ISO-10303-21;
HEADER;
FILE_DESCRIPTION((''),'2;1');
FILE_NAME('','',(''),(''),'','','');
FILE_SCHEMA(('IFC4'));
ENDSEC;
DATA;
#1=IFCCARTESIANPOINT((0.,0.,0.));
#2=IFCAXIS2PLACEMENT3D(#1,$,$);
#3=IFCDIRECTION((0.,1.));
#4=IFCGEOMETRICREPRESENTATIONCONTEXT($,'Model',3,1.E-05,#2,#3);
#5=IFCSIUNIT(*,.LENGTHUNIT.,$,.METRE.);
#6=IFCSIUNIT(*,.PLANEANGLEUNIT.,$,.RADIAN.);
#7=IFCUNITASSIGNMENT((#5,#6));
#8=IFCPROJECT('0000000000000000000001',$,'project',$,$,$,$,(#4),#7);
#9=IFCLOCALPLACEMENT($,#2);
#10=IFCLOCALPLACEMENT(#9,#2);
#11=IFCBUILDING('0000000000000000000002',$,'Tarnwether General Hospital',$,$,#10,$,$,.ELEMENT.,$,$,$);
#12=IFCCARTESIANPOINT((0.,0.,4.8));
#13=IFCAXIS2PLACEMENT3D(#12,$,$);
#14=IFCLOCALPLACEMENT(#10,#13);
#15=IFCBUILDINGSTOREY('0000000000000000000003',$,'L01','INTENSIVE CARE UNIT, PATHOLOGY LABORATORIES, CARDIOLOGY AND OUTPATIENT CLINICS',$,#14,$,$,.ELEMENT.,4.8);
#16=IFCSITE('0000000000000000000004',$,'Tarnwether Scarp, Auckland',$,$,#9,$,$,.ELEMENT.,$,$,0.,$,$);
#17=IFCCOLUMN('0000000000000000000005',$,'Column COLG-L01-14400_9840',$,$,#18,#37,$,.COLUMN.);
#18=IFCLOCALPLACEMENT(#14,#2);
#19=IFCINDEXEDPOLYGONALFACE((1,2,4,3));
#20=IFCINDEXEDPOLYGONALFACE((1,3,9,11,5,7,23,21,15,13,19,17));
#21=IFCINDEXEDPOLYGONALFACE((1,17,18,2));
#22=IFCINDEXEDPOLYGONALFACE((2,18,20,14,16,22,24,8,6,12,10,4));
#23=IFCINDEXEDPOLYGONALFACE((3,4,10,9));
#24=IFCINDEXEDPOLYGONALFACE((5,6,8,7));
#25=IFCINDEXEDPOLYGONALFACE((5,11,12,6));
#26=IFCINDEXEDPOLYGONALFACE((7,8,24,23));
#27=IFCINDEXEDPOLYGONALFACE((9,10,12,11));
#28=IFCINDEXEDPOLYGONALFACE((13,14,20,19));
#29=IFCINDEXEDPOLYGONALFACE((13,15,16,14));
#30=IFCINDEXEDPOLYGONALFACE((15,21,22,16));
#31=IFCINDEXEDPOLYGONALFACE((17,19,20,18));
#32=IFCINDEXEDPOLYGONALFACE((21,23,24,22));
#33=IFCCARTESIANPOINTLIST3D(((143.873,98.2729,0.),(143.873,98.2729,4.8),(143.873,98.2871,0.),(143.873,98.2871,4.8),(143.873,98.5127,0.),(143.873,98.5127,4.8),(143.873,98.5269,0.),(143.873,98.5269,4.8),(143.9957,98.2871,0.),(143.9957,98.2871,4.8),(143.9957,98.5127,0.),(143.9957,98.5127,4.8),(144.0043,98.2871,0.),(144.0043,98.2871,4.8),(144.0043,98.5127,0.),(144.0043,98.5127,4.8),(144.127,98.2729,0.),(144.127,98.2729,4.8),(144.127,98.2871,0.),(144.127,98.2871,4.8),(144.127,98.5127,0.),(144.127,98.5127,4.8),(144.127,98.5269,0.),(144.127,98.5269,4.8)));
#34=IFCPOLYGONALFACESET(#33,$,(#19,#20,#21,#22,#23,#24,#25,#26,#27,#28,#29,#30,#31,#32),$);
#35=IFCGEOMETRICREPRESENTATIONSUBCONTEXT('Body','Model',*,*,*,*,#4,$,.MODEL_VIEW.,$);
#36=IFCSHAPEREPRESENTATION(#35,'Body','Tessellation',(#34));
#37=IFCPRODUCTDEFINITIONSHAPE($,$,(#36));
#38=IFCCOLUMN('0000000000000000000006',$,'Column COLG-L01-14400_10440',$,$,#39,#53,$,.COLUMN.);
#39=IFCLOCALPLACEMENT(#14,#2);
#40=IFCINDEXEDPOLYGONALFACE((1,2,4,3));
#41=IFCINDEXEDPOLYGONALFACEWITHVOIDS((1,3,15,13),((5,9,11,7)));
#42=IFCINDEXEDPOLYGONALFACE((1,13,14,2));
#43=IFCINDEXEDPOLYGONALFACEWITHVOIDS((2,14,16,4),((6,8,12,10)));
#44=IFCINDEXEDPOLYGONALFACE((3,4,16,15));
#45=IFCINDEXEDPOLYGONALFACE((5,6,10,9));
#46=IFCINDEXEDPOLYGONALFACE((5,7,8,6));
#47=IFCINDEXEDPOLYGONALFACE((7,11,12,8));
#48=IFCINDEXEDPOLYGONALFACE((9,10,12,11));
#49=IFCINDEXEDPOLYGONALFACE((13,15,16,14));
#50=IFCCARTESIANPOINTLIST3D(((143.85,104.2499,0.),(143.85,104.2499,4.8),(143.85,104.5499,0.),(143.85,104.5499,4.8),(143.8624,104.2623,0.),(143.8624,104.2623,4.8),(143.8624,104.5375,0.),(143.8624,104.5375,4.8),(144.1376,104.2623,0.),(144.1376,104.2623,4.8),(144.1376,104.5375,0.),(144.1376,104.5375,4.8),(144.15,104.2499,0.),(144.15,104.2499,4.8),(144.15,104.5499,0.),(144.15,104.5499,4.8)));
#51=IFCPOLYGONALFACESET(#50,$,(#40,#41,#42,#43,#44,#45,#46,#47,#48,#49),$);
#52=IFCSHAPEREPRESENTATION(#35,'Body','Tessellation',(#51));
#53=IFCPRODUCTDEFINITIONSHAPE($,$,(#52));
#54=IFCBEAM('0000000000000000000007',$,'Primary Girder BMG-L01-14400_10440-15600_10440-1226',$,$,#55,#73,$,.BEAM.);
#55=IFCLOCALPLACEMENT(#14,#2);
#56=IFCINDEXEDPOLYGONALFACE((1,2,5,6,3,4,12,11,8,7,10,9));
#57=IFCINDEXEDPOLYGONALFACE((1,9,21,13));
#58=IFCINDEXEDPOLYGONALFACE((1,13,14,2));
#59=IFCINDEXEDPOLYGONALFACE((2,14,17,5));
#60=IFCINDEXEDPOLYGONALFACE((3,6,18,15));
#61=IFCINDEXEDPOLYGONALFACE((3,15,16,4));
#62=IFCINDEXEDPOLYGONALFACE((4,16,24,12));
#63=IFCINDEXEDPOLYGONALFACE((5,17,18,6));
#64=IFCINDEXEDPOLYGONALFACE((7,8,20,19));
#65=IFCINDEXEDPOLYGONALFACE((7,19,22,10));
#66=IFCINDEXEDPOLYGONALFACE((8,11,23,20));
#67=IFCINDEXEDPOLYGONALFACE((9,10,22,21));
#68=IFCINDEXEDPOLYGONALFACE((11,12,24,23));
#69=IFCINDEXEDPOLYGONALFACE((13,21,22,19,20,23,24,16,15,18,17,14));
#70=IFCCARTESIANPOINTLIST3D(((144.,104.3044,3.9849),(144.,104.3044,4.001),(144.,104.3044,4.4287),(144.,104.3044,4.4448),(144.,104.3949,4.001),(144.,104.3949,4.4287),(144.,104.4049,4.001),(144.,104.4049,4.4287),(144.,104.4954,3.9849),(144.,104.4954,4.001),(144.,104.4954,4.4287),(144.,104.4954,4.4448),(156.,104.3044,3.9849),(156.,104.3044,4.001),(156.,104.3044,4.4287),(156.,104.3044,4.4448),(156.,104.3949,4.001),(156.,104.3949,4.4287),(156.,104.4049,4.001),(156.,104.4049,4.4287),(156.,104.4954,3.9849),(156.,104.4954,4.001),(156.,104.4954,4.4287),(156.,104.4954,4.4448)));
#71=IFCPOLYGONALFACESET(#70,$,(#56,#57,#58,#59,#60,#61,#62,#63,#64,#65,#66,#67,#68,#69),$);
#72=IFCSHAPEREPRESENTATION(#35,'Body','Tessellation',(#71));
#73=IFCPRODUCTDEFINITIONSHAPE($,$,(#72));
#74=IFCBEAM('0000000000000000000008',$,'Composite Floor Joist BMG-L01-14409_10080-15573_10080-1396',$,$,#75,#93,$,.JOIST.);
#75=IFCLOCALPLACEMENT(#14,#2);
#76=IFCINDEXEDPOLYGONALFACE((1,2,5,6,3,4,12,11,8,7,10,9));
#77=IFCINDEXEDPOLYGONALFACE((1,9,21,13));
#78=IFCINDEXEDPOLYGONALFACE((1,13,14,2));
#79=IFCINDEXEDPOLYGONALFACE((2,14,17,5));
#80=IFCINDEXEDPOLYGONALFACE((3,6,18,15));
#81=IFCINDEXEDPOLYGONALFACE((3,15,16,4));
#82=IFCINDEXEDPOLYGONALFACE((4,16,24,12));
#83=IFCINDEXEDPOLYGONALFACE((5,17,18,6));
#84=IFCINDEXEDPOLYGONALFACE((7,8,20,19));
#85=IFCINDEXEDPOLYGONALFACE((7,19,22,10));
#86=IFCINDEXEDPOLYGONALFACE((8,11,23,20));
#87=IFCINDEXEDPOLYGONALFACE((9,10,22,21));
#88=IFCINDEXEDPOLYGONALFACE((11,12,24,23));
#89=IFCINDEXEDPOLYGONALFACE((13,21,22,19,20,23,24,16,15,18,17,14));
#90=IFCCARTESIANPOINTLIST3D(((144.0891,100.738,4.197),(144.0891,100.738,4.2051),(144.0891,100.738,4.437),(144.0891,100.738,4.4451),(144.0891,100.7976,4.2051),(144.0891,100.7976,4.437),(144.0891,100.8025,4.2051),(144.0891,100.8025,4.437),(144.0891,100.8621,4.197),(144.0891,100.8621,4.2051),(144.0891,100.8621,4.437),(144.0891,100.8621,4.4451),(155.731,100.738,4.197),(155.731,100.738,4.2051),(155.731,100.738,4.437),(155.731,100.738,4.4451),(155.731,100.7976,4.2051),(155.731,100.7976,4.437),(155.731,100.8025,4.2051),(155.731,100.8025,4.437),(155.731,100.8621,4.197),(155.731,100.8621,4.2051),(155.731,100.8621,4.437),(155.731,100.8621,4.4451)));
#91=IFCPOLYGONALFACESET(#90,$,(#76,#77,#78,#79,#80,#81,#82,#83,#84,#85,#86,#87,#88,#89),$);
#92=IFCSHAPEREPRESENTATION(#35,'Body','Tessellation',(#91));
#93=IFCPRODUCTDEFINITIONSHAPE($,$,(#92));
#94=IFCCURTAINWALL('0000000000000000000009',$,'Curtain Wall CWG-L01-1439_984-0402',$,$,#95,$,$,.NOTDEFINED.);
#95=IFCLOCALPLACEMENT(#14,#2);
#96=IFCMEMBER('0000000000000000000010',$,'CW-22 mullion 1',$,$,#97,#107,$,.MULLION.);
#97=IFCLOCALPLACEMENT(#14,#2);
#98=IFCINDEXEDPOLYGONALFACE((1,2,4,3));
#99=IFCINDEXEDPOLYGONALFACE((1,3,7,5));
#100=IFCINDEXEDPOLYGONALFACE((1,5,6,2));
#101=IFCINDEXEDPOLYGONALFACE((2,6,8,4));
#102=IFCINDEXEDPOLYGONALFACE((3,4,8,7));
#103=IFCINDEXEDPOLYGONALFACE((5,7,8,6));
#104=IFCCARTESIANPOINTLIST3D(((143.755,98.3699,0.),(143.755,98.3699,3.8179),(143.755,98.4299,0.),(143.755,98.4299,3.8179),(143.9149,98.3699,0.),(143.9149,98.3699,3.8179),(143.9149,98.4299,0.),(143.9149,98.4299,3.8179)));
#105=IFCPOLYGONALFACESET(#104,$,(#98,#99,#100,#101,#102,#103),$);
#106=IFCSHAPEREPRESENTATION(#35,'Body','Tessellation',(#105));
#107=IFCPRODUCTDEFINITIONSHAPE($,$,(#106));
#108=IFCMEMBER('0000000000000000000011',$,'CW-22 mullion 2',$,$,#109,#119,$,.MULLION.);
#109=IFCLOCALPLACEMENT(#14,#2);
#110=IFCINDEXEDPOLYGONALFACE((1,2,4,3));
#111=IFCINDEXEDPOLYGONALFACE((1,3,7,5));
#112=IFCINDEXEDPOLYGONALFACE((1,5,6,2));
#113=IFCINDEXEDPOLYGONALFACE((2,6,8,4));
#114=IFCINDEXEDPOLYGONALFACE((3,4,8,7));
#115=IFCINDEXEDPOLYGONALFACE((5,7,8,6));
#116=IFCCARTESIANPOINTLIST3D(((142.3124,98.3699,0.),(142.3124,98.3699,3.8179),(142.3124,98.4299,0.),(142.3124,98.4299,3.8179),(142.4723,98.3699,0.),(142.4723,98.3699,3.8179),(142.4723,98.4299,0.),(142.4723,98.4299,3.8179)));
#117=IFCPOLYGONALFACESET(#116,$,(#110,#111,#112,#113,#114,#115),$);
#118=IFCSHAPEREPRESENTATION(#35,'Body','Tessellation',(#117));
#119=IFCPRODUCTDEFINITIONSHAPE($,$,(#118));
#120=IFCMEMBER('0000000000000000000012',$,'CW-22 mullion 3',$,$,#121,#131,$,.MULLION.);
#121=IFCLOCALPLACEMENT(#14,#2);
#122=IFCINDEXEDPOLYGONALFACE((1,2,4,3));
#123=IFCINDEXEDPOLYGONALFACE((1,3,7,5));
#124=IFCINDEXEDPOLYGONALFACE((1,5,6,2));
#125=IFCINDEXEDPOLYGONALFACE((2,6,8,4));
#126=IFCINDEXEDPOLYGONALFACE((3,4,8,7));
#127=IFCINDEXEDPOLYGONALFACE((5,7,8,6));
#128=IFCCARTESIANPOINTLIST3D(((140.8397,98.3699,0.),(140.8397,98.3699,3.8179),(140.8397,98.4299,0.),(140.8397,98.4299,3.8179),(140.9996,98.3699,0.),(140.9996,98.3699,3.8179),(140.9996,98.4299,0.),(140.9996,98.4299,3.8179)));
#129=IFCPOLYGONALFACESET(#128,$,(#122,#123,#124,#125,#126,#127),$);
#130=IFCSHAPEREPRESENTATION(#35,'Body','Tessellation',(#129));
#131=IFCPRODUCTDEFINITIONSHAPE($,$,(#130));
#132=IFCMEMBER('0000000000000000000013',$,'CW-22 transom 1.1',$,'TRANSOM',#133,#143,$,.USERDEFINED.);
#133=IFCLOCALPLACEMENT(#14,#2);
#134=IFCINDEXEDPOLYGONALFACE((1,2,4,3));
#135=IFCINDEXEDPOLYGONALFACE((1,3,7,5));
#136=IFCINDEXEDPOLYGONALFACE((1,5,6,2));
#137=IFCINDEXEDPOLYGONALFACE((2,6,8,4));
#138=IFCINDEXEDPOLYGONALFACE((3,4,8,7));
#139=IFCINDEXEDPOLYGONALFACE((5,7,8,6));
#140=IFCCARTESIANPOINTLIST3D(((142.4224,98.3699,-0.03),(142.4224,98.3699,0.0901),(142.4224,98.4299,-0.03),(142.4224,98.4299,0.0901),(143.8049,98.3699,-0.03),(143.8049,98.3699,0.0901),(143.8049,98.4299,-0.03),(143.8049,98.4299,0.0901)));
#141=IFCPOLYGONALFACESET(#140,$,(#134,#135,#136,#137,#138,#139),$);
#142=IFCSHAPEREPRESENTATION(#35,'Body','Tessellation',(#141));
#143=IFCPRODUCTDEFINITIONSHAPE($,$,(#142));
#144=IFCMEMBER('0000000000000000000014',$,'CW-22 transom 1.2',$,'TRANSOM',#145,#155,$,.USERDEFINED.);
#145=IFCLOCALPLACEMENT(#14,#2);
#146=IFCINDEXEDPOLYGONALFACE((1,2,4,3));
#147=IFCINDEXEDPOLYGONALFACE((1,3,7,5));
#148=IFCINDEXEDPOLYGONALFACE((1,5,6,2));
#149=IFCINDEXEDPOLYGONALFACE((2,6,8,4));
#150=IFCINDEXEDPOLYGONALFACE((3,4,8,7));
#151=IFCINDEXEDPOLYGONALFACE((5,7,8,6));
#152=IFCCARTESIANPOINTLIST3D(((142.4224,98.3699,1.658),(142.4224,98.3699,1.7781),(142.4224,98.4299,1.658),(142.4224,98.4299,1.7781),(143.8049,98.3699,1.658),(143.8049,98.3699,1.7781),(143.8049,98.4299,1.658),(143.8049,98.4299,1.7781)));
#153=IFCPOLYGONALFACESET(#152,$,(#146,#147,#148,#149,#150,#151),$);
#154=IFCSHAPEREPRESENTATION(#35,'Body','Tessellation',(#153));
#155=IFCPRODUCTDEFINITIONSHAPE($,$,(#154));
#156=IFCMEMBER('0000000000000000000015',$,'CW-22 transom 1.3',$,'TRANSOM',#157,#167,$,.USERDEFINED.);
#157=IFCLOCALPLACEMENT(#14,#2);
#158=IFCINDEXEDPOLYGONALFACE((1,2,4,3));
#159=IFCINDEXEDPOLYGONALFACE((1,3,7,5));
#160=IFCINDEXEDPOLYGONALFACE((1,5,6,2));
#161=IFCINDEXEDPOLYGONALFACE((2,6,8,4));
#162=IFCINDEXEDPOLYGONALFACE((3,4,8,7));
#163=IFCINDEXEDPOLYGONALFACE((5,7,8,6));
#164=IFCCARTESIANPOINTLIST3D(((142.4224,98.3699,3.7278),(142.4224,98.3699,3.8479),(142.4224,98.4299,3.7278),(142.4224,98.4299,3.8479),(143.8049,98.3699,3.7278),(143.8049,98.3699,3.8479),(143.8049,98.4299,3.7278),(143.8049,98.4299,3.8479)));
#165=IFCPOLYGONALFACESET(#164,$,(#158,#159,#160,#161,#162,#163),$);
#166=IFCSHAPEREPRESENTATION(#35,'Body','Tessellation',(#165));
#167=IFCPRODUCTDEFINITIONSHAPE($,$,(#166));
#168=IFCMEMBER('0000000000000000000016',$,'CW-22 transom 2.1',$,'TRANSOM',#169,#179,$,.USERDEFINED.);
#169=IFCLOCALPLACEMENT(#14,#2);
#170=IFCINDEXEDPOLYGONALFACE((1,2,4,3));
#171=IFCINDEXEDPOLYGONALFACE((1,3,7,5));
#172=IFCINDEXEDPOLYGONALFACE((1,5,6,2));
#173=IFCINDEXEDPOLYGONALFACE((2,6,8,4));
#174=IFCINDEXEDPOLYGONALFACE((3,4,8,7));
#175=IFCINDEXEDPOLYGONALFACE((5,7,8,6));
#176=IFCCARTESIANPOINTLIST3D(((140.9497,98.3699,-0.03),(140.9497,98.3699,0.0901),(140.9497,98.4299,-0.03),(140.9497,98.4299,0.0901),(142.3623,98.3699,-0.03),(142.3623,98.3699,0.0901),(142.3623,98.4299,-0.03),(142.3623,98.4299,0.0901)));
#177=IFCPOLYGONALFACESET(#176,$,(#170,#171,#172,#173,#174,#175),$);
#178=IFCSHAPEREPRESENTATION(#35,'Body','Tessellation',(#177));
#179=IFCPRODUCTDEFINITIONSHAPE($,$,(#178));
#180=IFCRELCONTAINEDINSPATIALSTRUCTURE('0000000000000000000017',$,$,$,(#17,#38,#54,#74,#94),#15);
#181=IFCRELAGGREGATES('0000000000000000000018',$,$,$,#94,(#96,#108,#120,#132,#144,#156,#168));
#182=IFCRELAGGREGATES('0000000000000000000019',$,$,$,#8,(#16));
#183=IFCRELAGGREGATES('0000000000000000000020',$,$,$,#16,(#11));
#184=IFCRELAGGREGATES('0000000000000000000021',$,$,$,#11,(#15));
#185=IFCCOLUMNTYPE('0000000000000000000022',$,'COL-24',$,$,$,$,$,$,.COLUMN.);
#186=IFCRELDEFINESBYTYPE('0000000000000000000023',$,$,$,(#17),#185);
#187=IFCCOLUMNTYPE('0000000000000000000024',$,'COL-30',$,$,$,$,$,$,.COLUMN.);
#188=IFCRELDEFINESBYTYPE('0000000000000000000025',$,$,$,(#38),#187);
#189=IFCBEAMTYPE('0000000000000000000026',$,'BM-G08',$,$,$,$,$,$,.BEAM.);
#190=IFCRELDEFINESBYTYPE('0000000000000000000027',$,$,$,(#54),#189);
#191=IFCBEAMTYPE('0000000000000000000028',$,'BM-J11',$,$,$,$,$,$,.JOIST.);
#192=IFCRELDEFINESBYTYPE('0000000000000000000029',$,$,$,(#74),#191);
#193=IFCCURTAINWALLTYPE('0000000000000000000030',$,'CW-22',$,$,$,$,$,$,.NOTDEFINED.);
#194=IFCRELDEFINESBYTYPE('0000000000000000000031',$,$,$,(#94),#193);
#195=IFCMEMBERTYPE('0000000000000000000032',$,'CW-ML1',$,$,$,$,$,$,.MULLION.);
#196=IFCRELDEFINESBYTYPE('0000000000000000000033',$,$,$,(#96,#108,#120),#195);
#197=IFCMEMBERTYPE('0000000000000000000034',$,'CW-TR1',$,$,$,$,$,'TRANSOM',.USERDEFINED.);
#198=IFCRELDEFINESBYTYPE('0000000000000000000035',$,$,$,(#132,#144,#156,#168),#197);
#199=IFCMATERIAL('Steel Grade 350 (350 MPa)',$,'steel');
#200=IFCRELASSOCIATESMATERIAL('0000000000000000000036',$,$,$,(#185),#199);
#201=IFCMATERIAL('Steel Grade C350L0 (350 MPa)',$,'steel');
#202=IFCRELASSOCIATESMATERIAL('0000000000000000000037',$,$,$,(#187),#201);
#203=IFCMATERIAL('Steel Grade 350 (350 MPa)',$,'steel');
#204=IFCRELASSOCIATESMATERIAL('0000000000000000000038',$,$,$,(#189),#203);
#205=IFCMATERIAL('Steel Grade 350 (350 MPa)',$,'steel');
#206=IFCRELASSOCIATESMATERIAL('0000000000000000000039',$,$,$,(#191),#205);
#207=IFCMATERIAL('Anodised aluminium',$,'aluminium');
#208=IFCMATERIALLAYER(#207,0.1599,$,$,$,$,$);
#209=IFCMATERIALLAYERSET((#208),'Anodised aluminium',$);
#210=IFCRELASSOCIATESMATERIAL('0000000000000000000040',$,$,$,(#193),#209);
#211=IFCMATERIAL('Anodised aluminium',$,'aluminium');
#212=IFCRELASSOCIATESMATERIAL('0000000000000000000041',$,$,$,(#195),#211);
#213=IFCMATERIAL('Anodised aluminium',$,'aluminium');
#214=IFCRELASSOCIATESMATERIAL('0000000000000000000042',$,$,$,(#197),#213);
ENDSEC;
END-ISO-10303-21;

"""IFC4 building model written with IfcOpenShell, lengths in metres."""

from ifc_helpers import new_model, si_unit, direction, frame, origin, origin_2d, place, context, subcontext, project, spatial, rectangle, hollow_rectangle, i_section, extrude, material, layer, layer_set, material_profile, profile_set, type_object, element, aggregate, save


model = new_model("IFC4")

# Units and contexts
model_context = context("Model", 3, precision=1e-05, world=origin(), true_north=direction((0.0, 1.0)))
body_context = subcontext(model_context, "Body", "Model", "MODEL_VIEW")
ifc_project = project(units=[si_unit("LENGTHUNIT", "METRE"), si_unit("PLANEANGLEUNIT", "RADIAN")], contexts=[model_context])

# Site, building, storey
site_placement = place(None, origin())
site = spatial("IfcSite", under=ifc_project, at=site_placement, Name="Tarnwether Scarp, Auckland", CompositionType="ELEMENT", RefElevation=0.0)
building_placement = place(site_placement, origin())
building = spatial("IfcBuilding", under=site, at=building_placement, Name="Tarnwether General Hospital", CompositionType="ELEMENT")
storey_placement = place(building_placement, frame((0.0, 0.0, 4.8)))
storey = spatial("IfcBuildingStorey", under=building, at=storey_placement, Name="L01", Description="INTENSIVE CARE UNIT, PATHOLOGY LABORATORIES, CARDIOLOGY AND OUTPATIENT CLINICS", CompositionType="ELEMENT", Elevation=4.8)

# Columns
ifc_material_1 = material(Name="Steel Grade 350 (350 MPa)", Category="steel")
ifc_material_profile_1 = material_profile(ifc_material_1, i_section(OverallWidth=0.2539, OverallDepth=0.2539, WebThickness=0.0085, FlangeThickness=0.0142, at=origin_2d()), Name="250UC72.9")
ifc_profile_set_1 = profile_set([ifc_material_profile_1], Name="Steel Grade 350 (350 MPa)")
column_type_1 = type_object("IfcColumnType", Name="COL-24", PredefinedType="COLUMN", material=ifc_profile_set_1)
column_1_placement = place(storey_placement, frame((144.0, 98.3999, 0.0), z_axis=(0.0, 0.0, 1.0), x_axis=(1.0, 0.0, 0.0)))
element("IfcColumn", 1, at=column_1_placement, inside=storey, type_object=column_type_1, Name="Column COLG-L01-14400_9840", PredefinedType="COLUMN", context=body_context, shape_type="SweptSolid", body=[
    extrude(i_section(OverallWidth=0.2539, OverallDepth=0.2539, WebThickness=0.0085, FlangeThickness=0.0142, at=origin_2d()), origin(), (0.0, 0.0, 1.0), 4.8),
])
ifc_material_2 = material(Name="Steel Grade C350L0 (350 MPa)", Category="steel")
ifc_material_profile_2 = material_profile(ifc_material_2, hollow_rectangle(XDim=0.3, YDim=0.3, WallThickness=0.0125, at=origin_2d()), Name="SHS300x300x12.5")
ifc_profile_set_2 = profile_set([ifc_material_profile_2], Name="Steel Grade C350L0 (350 MPa)")
column_type_2 = type_object("IfcColumnType", Name="COL-30", PredefinedType="COLUMN", material=ifc_profile_set_2)
column_2_placement = place(storey_placement, frame((144.0, 104.3999, 0.0), z_axis=(0.0, 0.0, 1.0), x_axis=(1.0, 0.0, 0.0)))
element("IfcColumn", 2, at=column_2_placement, inside=storey, type_object=column_type_2, Name="Column COLG-L01-14400_10440", PredefinedType="COLUMN", context=body_context, shape_type="SweptSolid", body=[
    extrude(hollow_rectangle(XDim=0.3, YDim=0.3, WallThickness=0.0125, at=origin_2d()), origin(), (0.0, 0.0, 1.0), 4.8),
])

# Beams
ifc_material_3 = material(Name="Steel Grade 350 (350 MPa)", Category="steel")
ifc_material_profile_3 = material_profile(ifc_material_3, i_section(OverallWidth=0.1909, OverallDepth=0.46, WebThickness=0.01, FlangeThickness=0.0161, at=origin_2d()), Name="460UB82.1")
ifc_profile_set_3 = profile_set([ifc_material_profile_3], Name="Steel Grade 350 (350 MPa)")
beam_type_1 = type_object("IfcBeamType", Name="BM-G08", PredefinedType="BEAM", material=ifc_profile_set_3)
beam_1_placement = place(storey_placement, frame((144.0, 104.3999, 4.2148), z_axis=(1.0, 0.0, 0.0), x_axis=(0.0, 1.0, 0.0)))
element("IfcBeam", 3, at=beam_1_placement, inside=storey, type_object=beam_type_1, Name="Primary Girder BMG-L01-14400_10440-15600_10440-1226", PredefinedType="BEAM", context=body_context, shape_type="SweptSolid", body=[
    extrude(i_section(OverallWidth=0.1909, OverallDepth=0.46, WebThickness=0.01, FlangeThickness=0.0161, at=origin_2d()), origin(), (0.0, 0.0, 1.0), 12.0),
])
ifc_material_4 = material(Name="Steel Grade 350 (350 MPa)", Category="steel")
ifc_material_profile_4 = material_profile(ifc_material_4, i_section(OverallWidth=0.124, OverallDepth=0.248, WebThickness=0.0049, FlangeThickness=0.0081, at=origin_2d()), Name="250UB25.7")
ifc_profile_set_4 = profile_set([ifc_material_profile_4], Name="Steel Grade 350 (350 MPa)")
beam_type_2 = type_object("IfcBeamType", Name="BM-J11", PredefinedType="JOIST", material=ifc_profile_set_4)
beam_2_placement = place(storey_placement, frame((144.0891, 100.8, 4.321), z_axis=(1.0, 0.0, 0.0), x_axis=(0.0, 1.0, 0.0)))
element("IfcBeam", 4, at=beam_2_placement, inside=storey, type_object=beam_type_2, Name="Composite Floor Joist BMG-L01-14409_10080-15573_10080-1396", PredefinedType="JOIST", context=body_context, shape_type="SweptSolid", body=[
    extrude(i_section(OverallWidth=0.124, OverallDepth=0.248, WebThickness=0.0049, FlangeThickness=0.0081, at=origin_2d()), origin(), (0.0, 0.0, 1.0), 11.6418),
])

# Curtain wall, members
ifc_material_5 = material(Name="Anodised aluminium", Category="aluminium")
ifc_layer_1 = layer(ifc_material_5, 0.1599)
ifc_layer_set_1 = layer_set([ifc_layer_1], Name="Anodised aluminium")
curtain_wall_type = type_object("IfcCurtainWallType", Name="CW-22", PredefinedType="NOTDEFINED", material=ifc_layer_set_1)
curtain_wall_placement = place(storey_placement, origin())
curtain_wall = element("IfcCurtainWall", 5, at=curtain_wall_placement, inside=storey, type_object=curtain_wall_type, Name="Curtain Wall CWG-L01-1439_984-0402", PredefinedType="NOTDEFINED")
ifc_material_6 = material(Name="Anodised aluminium", Category="aluminium")
ifc_material_profile_5 = material_profile(ifc_material_6, rectangle(XDim=0.0601, YDim=0.1599, at=origin_2d()), Name="ALU-MUL-60x160")
ifc_profile_set_5 = profile_set([ifc_material_profile_5], Name="Anodised aluminium")
member_type_1 = type_object("IfcMemberType", Name="CW-ML1", PredefinedType="MULLION", material=ifc_profile_set_5)
member_1_placement = place(storey_placement, frame((143.835, 98.3999, 0.0), z_axis=(0.0, 0.0, 1.0), x_axis=(0.0, -1.0, 0.0)))
member_1 = element("IfcMember", 6, at=member_1_placement, type_object=member_type_1, Name="CW-22 mullion 1", PredefinedType="MULLION", context=body_context, shape_type="SweptSolid", body=[
    extrude(rectangle(XDim=0.0601, YDim=0.1599, at=origin_2d()), origin(), (0.0, 0.0, 1.0), 3.8179),
])
member_2_placement = place(storey_placement, frame((142.3923, 98.3999, 0.0), z_axis=(0.0, 0.0, 1.0), x_axis=(0.0, -1.0, 0.0)))
member_2 = element("IfcMember", 7, at=member_2_placement, type_object=member_type_1, Name="CW-22 mullion 2", PredefinedType="MULLION", context=body_context, shape_type="SweptSolid", body=[
    extrude(rectangle(XDim=0.0601, YDim=0.1599, at=origin_2d()), origin(), (0.0, 0.0, 1.0), 3.8179),
])
member_3_placement = place(storey_placement, frame((140.9197, 98.3999, 0.0), z_axis=(0.0, 0.0, 1.0), x_axis=(0.0, -1.0, 0.0)))
member_3 = element("IfcMember", 8, at=member_3_placement, type_object=member_type_1, Name="CW-22 mullion 3", PredefinedType="MULLION", context=body_context, shape_type="SweptSolid", body=[
    extrude(rectangle(XDim=0.0601, YDim=0.1599, at=origin_2d()), origin(), (0.0, 0.0, 1.0), 3.8179),
])
ifc_material_7 = material(Name="Anodised aluminium", Category="aluminium")
ifc_material_profile_6 = material_profile(ifc_material_7, rectangle(XDim=0.0601, YDim=0.1201, at=origin_2d()), Name="ALU-TRN-60x120")
ifc_profile_set_6 = profile_set([ifc_material_profile_6], Name="Anodised aluminium")
member_type_2 = type_object("IfcMemberType", Name="CW-TR1", ElementType="TRANSOM", PredefinedType="USERDEFINED", material=ifc_profile_set_6)
member_4_placement = place(storey_placement, frame((143.8049, 98.3999, 0.03), z_axis=(-1.0, 0.0, 0.0), x_axis=(0.0, -1.0, 0.0)))
member_4 = element("IfcMember", 9, at=member_4_placement, type_object=member_type_2, Name="CW-22 transom 1.1", ObjectType="TRANSOM", PredefinedType="USERDEFINED", context=body_context, shape_type="SweptSolid", body=[
    extrude(rectangle(XDim=0.0601, YDim=0.1201, at=origin_2d()), origin(), (0.0, 0.0, 1.0), 1.3826),
])
member_5_placement = place(storey_placement, frame((143.8049, 98.3999, 1.718), z_axis=(-1.0, 0.0, 0.0), x_axis=(0.0, -1.0, 0.0)))
member_5 = element("IfcMember", 10, at=member_5_placement, type_object=member_type_2, Name="CW-22 transom 1.2", ObjectType="TRANSOM", PredefinedType="USERDEFINED", context=body_context, shape_type="SweptSolid", body=[
    extrude(rectangle(XDim=0.0601, YDim=0.1201, at=origin_2d()), origin(), (0.0, 0.0, 1.0), 1.3826),
])
member_6_placement = place(storey_placement, frame((143.8049, 98.3999, 3.7878), z_axis=(-1.0, 0.0, 0.0), x_axis=(0.0, -1.0, 0.0)))
member_6 = element("IfcMember", 11, at=member_6_placement, type_object=member_type_2, Name="CW-22 transom 1.3", ObjectType="TRANSOM", PredefinedType="USERDEFINED", context=body_context, shape_type="SweptSolid", body=[
    extrude(rectangle(XDim=0.0601, YDim=0.1201, at=origin_2d()), origin(), (0.0, 0.0, 1.0), 1.3826),
])
member_7_placement = place(storey_placement, frame((142.3623, 98.3999, 0.03), z_axis=(-1.0, 0.0, 0.0), x_axis=(0.0, -1.0, 0.0)))
member_7 = element("IfcMember", 12, at=member_7_placement, type_object=member_type_2, Name="CW-22 transom 2.1", ObjectType="TRANSOM", PredefinedType="USERDEFINED", context=body_context, shape_type="SweptSolid", body=[
    extrude(rectangle(XDim=0.0601, YDim=0.1201, at=origin_2d()), origin(), (0.0, 0.0, 1.0), 1.4126),
])
aggregate(curtain_wall, [member_1, member_2, member_3, member_4, member_5, member_6, member_7])

save(model, "model.ifc")
